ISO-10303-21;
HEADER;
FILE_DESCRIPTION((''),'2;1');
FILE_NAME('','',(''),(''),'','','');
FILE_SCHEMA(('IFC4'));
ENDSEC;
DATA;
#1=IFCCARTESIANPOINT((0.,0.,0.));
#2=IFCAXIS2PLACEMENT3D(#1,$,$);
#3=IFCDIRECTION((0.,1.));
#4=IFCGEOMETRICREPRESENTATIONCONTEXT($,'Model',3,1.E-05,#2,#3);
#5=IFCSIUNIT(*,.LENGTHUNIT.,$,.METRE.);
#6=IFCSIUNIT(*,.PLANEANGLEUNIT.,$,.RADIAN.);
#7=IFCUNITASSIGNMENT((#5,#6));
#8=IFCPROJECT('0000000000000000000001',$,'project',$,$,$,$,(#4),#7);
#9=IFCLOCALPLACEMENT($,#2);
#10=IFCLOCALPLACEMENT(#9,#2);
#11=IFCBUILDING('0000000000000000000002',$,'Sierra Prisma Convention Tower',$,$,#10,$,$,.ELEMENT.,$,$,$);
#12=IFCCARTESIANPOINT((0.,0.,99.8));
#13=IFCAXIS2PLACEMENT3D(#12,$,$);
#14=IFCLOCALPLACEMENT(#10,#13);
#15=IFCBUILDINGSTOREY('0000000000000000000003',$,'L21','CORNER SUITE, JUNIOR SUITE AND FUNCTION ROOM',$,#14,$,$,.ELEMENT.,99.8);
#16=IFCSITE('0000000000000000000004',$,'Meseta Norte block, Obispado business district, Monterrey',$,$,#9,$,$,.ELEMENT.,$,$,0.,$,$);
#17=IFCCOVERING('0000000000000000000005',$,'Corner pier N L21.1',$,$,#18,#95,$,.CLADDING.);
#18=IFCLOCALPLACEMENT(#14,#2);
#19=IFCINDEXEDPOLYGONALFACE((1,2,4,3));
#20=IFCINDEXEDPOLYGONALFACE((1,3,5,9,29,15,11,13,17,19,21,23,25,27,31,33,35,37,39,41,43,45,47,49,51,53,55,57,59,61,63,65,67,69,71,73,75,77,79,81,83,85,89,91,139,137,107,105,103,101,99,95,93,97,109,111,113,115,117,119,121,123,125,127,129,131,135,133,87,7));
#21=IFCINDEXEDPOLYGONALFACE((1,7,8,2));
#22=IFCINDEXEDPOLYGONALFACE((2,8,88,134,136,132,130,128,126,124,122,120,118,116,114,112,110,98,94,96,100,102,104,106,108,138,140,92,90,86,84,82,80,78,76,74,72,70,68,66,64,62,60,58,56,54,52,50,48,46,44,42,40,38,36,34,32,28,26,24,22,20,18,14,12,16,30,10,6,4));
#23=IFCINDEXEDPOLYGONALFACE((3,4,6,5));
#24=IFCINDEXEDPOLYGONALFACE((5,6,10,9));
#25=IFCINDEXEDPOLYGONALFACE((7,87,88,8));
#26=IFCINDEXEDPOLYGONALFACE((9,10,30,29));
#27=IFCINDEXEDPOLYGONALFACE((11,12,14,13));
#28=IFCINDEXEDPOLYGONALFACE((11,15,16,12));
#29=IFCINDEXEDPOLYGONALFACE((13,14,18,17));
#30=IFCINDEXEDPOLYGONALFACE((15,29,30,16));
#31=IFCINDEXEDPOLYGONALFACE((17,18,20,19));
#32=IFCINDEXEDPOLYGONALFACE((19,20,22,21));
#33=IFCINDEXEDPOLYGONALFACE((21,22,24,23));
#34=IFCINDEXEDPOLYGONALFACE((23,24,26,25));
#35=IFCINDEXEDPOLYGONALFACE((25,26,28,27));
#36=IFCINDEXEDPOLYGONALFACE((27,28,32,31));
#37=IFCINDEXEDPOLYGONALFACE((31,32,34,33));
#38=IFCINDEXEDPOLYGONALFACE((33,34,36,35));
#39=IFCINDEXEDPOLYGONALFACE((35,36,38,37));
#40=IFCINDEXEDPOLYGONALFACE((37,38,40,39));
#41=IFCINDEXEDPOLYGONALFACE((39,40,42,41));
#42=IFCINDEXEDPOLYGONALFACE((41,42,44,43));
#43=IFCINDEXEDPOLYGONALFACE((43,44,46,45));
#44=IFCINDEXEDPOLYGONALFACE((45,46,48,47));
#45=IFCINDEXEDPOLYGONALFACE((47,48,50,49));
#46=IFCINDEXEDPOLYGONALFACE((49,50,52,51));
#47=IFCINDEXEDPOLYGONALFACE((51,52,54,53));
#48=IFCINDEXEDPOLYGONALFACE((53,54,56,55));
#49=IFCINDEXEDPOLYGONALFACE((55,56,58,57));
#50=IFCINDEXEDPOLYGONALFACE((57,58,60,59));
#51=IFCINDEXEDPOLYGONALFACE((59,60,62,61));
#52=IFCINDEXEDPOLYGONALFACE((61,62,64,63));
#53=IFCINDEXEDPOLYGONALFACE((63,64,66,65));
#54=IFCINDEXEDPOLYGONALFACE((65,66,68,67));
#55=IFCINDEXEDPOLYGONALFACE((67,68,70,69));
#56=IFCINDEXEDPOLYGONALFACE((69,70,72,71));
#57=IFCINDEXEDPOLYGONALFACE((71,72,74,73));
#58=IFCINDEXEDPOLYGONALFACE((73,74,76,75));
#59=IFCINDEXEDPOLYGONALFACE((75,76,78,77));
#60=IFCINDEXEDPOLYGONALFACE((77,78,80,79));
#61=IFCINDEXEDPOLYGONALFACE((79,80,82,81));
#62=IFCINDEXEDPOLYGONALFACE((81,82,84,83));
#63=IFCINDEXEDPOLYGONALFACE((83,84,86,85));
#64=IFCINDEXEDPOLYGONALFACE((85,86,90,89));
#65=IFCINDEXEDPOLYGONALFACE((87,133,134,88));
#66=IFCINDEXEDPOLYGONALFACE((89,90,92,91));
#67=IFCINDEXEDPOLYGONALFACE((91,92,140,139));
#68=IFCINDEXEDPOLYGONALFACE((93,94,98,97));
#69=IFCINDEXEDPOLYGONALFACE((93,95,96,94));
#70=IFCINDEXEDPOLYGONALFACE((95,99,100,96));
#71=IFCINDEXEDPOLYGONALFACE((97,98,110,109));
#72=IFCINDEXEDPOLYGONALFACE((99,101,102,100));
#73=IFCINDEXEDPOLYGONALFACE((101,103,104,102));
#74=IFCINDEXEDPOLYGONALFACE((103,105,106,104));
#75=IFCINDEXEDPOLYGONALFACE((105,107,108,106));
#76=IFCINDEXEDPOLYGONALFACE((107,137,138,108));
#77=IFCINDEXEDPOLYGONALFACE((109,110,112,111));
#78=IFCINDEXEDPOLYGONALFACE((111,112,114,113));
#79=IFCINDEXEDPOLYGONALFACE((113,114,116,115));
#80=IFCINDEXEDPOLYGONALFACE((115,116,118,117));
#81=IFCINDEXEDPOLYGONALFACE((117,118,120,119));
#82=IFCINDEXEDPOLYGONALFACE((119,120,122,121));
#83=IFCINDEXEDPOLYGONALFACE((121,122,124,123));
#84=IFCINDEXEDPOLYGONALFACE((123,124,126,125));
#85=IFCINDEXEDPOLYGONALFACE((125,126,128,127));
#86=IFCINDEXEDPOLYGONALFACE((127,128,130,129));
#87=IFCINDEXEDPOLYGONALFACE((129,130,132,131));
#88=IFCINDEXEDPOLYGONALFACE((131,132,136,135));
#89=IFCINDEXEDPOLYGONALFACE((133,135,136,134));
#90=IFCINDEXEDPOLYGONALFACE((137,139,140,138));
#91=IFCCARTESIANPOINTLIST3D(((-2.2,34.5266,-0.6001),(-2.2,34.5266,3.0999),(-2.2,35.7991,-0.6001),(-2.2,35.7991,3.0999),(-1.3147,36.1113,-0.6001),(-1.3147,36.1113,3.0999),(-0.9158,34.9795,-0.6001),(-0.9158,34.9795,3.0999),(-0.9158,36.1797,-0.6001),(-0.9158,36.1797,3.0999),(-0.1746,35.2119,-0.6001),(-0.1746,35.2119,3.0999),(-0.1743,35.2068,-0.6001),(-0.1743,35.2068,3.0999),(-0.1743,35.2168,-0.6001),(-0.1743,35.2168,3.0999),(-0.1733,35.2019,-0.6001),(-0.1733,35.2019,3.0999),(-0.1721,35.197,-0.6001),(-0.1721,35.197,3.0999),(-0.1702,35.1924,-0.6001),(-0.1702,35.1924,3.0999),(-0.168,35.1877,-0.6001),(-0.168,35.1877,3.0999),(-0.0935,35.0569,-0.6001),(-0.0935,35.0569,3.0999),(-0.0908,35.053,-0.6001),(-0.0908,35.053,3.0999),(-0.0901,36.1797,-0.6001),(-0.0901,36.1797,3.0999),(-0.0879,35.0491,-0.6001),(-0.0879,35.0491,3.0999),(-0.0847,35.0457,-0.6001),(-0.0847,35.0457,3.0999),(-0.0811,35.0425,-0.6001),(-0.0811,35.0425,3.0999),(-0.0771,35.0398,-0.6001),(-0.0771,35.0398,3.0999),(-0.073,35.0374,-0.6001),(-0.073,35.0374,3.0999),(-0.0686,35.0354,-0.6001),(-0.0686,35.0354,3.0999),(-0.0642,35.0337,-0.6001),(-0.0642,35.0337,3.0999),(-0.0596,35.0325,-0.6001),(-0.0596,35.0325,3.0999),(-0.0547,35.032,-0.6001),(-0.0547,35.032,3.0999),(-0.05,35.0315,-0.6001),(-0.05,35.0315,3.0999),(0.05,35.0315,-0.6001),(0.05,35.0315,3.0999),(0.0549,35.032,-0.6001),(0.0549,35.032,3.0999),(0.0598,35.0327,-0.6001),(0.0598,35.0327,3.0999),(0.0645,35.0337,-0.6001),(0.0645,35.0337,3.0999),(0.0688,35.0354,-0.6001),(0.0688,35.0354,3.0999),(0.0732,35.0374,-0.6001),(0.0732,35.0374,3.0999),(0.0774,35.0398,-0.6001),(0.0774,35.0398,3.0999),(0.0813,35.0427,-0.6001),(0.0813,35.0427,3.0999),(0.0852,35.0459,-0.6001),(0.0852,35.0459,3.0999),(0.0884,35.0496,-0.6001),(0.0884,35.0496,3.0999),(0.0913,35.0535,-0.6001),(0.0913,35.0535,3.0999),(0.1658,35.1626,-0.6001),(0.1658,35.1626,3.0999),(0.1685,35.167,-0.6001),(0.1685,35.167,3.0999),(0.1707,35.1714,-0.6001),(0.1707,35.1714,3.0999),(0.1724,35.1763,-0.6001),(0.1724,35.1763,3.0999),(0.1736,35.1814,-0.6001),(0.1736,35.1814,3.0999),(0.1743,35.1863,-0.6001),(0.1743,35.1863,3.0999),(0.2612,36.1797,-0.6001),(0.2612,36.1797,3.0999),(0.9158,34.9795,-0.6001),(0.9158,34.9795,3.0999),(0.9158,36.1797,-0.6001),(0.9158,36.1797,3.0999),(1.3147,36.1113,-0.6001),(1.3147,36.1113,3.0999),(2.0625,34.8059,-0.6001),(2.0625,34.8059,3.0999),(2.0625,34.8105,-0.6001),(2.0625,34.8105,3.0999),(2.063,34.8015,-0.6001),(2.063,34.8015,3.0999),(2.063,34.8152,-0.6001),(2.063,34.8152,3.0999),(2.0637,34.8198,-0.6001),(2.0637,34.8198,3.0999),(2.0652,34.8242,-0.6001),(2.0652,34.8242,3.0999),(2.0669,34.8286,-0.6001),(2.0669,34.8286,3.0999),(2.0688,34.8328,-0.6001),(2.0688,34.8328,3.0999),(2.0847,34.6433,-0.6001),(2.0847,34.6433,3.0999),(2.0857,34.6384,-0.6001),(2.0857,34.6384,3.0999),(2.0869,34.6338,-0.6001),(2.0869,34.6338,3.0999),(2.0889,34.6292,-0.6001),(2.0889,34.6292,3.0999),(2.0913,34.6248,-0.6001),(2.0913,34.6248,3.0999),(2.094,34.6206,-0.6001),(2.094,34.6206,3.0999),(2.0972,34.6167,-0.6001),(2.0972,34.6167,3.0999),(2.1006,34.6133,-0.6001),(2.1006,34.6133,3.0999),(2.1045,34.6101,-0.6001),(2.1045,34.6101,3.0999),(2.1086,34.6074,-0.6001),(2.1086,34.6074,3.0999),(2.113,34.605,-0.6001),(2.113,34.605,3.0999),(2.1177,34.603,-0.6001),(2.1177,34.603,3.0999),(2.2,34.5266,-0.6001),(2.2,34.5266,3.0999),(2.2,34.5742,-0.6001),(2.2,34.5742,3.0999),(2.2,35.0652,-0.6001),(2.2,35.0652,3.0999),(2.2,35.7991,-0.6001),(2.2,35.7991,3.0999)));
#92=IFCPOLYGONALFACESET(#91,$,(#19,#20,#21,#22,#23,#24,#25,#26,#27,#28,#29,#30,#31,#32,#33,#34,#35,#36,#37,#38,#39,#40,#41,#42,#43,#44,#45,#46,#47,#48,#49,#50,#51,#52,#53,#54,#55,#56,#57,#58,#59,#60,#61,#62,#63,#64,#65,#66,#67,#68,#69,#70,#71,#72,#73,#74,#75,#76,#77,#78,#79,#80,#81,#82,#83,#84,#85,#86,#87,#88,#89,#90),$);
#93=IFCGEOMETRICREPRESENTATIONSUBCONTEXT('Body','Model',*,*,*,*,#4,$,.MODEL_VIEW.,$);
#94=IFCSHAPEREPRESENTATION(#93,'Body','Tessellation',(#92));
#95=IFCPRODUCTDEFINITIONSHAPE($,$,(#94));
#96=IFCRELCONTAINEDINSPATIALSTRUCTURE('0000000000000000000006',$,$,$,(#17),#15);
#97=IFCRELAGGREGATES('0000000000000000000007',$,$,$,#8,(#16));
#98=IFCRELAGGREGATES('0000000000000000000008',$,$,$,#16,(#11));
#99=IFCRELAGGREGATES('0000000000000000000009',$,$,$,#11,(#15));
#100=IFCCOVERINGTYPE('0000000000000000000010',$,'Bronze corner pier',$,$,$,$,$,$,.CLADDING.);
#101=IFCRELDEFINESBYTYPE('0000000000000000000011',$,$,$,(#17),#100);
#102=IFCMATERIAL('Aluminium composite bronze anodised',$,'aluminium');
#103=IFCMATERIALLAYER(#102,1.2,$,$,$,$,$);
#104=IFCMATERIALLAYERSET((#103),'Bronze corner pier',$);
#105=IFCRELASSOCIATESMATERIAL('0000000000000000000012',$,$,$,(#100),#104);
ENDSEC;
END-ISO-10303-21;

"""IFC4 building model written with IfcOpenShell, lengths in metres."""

from ifc_helpers import new_model, si_unit, direction, frame, origin, place, context, subcontext, project, spatial, polyline, outline, extrude, material, layer, layer_set, type_object, element, save


model = new_model("IFC4")

# Units and contexts
model_context = context("Model", 3, precision=1e-05, world=origin(), true_north=direction((0.0, 1.0)))
body_context = subcontext(model_context, "Body", "Model", "MODEL_VIEW")
ifc_project = project(units=[si_unit("LENGTHUNIT", "METRE"), si_unit("PLANEANGLEUNIT", "RADIAN")], contexts=[model_context])

# Site, building, storey
site_placement = place(None, origin())
site = spatial("IfcSite", under=ifc_project, at=site_placement, Name="Meseta Norte block, Obispado business district, Monterrey", CompositionType="ELEMENT", RefElevation=0.0)
building_placement = place(site_placement, origin())
building = spatial("IfcBuilding", under=site, at=building_placement, Name="Sierra Prisma Convention Tower", CompositionType="ELEMENT")
storey_placement = place(building_placement, frame((0.0, 0.0, 99.8)))
storey = spatial("IfcBuildingStorey", under=building, at=storey_placement, Name="L21", Description="CORNER SUITE, JUNIOR SUITE AND FUNCTION ROOM", CompositionType="ELEMENT", Elevation=99.8)

# Covering
ifc_material_1 = material(Name="Aluminium composite bronze anodised", Category="aluminium")
ifc_layer_1 = layer(ifc_material_1, 1.2)
ifc_layer_set_1 = layer_set([ifc_layer_1], Name="Bronze corner pier")
covering_type_1 = type_object("IfcCoveringType", Name="Bronze corner pier", PredefinedType="CLADDING", material=ifc_layer_set_1)
covering_1_placement = place(storey_placement, frame((0.0, 0.0, -0.6001)))
element("IfcCovering", 1, at=covering_1_placement, inside=storey, type_object=covering_type_1, Name="Corner pier N L21.1", PredefinedType="CLADDING", context=body_context, shape_type="SweptSolid", body=[
    extrude(outline(polyline([(2.0669, 34.8286), (2.0652, 34.8242), (2.0637, 34.8198), (2.063, 34.8152), (2.0625, 34.8105), (2.0625, 34.8059), (2.063, 34.8015), (2.0847, 34.6433), (2.0857, 34.6384), (2.0869, 34.6338), (2.0889, 34.6292), (2.0913, 34.6248), (2.094, 34.6206), (2.0972, 34.6167), (2.1006, 34.6133), (2.1045, 34.6101), (2.1086, 34.6074), (2.113, 34.605), (2.1177, 34.603), (2.2, 34.5742), (2.2, 34.5266), (0.9158, 34.9795), (-0.9158, 34.9795), (-2.2, 34.5266), (-2.2, 35.7991), (-1.3147, 36.1113), (-0.9158, 36.1797), (-0.0901, 36.1797), (-0.1743, 35.2168), (-0.1746, 35.2119), (-0.1743, 35.2068), (-0.1733, 35.2019), (-0.1721, 35.197), (-0.1702, 35.1924), (-0.168, 35.1877), (-0.0935, 35.0569), (-0.0908, 35.053), (-0.0879, 35.0491), (-0.0847, 35.0457), (-0.0811, 35.0425), (-0.0771, 35.0398), (-0.073, 35.0374), (-0.0686, 35.0354), (-0.0642, 35.0337), (-0.0596, 35.0325), (-0.0547, 35.032), (-0.05, 35.0315), (0.05, 35.0315), (0.0549, 35.032), (0.0598, 35.0327), (0.0645, 35.0337), (0.0688, 35.0354), (0.0732, 35.0374), (0.0774, 35.0398), (0.0813, 35.0427), (0.0852, 35.0459), (0.0884, 35.0496), (0.0913, 35.0535), (0.1658, 35.1626), (0.1685, 35.167), (0.1707, 35.1714), (0.1724, 35.1763), (0.1736, 35.1814), (0.1743, 35.1863), (0.2612, 36.1797), (0.9158, 36.1797), (1.3147, 36.1113), (2.2, 35.7991), (2.2, 35.0652), (2.0688, 34.8328), (2.0669, 34.8286)])), origin(), (0.0, 0.0, 1.0), 3.7),
])

save(model, "model.ifc")
